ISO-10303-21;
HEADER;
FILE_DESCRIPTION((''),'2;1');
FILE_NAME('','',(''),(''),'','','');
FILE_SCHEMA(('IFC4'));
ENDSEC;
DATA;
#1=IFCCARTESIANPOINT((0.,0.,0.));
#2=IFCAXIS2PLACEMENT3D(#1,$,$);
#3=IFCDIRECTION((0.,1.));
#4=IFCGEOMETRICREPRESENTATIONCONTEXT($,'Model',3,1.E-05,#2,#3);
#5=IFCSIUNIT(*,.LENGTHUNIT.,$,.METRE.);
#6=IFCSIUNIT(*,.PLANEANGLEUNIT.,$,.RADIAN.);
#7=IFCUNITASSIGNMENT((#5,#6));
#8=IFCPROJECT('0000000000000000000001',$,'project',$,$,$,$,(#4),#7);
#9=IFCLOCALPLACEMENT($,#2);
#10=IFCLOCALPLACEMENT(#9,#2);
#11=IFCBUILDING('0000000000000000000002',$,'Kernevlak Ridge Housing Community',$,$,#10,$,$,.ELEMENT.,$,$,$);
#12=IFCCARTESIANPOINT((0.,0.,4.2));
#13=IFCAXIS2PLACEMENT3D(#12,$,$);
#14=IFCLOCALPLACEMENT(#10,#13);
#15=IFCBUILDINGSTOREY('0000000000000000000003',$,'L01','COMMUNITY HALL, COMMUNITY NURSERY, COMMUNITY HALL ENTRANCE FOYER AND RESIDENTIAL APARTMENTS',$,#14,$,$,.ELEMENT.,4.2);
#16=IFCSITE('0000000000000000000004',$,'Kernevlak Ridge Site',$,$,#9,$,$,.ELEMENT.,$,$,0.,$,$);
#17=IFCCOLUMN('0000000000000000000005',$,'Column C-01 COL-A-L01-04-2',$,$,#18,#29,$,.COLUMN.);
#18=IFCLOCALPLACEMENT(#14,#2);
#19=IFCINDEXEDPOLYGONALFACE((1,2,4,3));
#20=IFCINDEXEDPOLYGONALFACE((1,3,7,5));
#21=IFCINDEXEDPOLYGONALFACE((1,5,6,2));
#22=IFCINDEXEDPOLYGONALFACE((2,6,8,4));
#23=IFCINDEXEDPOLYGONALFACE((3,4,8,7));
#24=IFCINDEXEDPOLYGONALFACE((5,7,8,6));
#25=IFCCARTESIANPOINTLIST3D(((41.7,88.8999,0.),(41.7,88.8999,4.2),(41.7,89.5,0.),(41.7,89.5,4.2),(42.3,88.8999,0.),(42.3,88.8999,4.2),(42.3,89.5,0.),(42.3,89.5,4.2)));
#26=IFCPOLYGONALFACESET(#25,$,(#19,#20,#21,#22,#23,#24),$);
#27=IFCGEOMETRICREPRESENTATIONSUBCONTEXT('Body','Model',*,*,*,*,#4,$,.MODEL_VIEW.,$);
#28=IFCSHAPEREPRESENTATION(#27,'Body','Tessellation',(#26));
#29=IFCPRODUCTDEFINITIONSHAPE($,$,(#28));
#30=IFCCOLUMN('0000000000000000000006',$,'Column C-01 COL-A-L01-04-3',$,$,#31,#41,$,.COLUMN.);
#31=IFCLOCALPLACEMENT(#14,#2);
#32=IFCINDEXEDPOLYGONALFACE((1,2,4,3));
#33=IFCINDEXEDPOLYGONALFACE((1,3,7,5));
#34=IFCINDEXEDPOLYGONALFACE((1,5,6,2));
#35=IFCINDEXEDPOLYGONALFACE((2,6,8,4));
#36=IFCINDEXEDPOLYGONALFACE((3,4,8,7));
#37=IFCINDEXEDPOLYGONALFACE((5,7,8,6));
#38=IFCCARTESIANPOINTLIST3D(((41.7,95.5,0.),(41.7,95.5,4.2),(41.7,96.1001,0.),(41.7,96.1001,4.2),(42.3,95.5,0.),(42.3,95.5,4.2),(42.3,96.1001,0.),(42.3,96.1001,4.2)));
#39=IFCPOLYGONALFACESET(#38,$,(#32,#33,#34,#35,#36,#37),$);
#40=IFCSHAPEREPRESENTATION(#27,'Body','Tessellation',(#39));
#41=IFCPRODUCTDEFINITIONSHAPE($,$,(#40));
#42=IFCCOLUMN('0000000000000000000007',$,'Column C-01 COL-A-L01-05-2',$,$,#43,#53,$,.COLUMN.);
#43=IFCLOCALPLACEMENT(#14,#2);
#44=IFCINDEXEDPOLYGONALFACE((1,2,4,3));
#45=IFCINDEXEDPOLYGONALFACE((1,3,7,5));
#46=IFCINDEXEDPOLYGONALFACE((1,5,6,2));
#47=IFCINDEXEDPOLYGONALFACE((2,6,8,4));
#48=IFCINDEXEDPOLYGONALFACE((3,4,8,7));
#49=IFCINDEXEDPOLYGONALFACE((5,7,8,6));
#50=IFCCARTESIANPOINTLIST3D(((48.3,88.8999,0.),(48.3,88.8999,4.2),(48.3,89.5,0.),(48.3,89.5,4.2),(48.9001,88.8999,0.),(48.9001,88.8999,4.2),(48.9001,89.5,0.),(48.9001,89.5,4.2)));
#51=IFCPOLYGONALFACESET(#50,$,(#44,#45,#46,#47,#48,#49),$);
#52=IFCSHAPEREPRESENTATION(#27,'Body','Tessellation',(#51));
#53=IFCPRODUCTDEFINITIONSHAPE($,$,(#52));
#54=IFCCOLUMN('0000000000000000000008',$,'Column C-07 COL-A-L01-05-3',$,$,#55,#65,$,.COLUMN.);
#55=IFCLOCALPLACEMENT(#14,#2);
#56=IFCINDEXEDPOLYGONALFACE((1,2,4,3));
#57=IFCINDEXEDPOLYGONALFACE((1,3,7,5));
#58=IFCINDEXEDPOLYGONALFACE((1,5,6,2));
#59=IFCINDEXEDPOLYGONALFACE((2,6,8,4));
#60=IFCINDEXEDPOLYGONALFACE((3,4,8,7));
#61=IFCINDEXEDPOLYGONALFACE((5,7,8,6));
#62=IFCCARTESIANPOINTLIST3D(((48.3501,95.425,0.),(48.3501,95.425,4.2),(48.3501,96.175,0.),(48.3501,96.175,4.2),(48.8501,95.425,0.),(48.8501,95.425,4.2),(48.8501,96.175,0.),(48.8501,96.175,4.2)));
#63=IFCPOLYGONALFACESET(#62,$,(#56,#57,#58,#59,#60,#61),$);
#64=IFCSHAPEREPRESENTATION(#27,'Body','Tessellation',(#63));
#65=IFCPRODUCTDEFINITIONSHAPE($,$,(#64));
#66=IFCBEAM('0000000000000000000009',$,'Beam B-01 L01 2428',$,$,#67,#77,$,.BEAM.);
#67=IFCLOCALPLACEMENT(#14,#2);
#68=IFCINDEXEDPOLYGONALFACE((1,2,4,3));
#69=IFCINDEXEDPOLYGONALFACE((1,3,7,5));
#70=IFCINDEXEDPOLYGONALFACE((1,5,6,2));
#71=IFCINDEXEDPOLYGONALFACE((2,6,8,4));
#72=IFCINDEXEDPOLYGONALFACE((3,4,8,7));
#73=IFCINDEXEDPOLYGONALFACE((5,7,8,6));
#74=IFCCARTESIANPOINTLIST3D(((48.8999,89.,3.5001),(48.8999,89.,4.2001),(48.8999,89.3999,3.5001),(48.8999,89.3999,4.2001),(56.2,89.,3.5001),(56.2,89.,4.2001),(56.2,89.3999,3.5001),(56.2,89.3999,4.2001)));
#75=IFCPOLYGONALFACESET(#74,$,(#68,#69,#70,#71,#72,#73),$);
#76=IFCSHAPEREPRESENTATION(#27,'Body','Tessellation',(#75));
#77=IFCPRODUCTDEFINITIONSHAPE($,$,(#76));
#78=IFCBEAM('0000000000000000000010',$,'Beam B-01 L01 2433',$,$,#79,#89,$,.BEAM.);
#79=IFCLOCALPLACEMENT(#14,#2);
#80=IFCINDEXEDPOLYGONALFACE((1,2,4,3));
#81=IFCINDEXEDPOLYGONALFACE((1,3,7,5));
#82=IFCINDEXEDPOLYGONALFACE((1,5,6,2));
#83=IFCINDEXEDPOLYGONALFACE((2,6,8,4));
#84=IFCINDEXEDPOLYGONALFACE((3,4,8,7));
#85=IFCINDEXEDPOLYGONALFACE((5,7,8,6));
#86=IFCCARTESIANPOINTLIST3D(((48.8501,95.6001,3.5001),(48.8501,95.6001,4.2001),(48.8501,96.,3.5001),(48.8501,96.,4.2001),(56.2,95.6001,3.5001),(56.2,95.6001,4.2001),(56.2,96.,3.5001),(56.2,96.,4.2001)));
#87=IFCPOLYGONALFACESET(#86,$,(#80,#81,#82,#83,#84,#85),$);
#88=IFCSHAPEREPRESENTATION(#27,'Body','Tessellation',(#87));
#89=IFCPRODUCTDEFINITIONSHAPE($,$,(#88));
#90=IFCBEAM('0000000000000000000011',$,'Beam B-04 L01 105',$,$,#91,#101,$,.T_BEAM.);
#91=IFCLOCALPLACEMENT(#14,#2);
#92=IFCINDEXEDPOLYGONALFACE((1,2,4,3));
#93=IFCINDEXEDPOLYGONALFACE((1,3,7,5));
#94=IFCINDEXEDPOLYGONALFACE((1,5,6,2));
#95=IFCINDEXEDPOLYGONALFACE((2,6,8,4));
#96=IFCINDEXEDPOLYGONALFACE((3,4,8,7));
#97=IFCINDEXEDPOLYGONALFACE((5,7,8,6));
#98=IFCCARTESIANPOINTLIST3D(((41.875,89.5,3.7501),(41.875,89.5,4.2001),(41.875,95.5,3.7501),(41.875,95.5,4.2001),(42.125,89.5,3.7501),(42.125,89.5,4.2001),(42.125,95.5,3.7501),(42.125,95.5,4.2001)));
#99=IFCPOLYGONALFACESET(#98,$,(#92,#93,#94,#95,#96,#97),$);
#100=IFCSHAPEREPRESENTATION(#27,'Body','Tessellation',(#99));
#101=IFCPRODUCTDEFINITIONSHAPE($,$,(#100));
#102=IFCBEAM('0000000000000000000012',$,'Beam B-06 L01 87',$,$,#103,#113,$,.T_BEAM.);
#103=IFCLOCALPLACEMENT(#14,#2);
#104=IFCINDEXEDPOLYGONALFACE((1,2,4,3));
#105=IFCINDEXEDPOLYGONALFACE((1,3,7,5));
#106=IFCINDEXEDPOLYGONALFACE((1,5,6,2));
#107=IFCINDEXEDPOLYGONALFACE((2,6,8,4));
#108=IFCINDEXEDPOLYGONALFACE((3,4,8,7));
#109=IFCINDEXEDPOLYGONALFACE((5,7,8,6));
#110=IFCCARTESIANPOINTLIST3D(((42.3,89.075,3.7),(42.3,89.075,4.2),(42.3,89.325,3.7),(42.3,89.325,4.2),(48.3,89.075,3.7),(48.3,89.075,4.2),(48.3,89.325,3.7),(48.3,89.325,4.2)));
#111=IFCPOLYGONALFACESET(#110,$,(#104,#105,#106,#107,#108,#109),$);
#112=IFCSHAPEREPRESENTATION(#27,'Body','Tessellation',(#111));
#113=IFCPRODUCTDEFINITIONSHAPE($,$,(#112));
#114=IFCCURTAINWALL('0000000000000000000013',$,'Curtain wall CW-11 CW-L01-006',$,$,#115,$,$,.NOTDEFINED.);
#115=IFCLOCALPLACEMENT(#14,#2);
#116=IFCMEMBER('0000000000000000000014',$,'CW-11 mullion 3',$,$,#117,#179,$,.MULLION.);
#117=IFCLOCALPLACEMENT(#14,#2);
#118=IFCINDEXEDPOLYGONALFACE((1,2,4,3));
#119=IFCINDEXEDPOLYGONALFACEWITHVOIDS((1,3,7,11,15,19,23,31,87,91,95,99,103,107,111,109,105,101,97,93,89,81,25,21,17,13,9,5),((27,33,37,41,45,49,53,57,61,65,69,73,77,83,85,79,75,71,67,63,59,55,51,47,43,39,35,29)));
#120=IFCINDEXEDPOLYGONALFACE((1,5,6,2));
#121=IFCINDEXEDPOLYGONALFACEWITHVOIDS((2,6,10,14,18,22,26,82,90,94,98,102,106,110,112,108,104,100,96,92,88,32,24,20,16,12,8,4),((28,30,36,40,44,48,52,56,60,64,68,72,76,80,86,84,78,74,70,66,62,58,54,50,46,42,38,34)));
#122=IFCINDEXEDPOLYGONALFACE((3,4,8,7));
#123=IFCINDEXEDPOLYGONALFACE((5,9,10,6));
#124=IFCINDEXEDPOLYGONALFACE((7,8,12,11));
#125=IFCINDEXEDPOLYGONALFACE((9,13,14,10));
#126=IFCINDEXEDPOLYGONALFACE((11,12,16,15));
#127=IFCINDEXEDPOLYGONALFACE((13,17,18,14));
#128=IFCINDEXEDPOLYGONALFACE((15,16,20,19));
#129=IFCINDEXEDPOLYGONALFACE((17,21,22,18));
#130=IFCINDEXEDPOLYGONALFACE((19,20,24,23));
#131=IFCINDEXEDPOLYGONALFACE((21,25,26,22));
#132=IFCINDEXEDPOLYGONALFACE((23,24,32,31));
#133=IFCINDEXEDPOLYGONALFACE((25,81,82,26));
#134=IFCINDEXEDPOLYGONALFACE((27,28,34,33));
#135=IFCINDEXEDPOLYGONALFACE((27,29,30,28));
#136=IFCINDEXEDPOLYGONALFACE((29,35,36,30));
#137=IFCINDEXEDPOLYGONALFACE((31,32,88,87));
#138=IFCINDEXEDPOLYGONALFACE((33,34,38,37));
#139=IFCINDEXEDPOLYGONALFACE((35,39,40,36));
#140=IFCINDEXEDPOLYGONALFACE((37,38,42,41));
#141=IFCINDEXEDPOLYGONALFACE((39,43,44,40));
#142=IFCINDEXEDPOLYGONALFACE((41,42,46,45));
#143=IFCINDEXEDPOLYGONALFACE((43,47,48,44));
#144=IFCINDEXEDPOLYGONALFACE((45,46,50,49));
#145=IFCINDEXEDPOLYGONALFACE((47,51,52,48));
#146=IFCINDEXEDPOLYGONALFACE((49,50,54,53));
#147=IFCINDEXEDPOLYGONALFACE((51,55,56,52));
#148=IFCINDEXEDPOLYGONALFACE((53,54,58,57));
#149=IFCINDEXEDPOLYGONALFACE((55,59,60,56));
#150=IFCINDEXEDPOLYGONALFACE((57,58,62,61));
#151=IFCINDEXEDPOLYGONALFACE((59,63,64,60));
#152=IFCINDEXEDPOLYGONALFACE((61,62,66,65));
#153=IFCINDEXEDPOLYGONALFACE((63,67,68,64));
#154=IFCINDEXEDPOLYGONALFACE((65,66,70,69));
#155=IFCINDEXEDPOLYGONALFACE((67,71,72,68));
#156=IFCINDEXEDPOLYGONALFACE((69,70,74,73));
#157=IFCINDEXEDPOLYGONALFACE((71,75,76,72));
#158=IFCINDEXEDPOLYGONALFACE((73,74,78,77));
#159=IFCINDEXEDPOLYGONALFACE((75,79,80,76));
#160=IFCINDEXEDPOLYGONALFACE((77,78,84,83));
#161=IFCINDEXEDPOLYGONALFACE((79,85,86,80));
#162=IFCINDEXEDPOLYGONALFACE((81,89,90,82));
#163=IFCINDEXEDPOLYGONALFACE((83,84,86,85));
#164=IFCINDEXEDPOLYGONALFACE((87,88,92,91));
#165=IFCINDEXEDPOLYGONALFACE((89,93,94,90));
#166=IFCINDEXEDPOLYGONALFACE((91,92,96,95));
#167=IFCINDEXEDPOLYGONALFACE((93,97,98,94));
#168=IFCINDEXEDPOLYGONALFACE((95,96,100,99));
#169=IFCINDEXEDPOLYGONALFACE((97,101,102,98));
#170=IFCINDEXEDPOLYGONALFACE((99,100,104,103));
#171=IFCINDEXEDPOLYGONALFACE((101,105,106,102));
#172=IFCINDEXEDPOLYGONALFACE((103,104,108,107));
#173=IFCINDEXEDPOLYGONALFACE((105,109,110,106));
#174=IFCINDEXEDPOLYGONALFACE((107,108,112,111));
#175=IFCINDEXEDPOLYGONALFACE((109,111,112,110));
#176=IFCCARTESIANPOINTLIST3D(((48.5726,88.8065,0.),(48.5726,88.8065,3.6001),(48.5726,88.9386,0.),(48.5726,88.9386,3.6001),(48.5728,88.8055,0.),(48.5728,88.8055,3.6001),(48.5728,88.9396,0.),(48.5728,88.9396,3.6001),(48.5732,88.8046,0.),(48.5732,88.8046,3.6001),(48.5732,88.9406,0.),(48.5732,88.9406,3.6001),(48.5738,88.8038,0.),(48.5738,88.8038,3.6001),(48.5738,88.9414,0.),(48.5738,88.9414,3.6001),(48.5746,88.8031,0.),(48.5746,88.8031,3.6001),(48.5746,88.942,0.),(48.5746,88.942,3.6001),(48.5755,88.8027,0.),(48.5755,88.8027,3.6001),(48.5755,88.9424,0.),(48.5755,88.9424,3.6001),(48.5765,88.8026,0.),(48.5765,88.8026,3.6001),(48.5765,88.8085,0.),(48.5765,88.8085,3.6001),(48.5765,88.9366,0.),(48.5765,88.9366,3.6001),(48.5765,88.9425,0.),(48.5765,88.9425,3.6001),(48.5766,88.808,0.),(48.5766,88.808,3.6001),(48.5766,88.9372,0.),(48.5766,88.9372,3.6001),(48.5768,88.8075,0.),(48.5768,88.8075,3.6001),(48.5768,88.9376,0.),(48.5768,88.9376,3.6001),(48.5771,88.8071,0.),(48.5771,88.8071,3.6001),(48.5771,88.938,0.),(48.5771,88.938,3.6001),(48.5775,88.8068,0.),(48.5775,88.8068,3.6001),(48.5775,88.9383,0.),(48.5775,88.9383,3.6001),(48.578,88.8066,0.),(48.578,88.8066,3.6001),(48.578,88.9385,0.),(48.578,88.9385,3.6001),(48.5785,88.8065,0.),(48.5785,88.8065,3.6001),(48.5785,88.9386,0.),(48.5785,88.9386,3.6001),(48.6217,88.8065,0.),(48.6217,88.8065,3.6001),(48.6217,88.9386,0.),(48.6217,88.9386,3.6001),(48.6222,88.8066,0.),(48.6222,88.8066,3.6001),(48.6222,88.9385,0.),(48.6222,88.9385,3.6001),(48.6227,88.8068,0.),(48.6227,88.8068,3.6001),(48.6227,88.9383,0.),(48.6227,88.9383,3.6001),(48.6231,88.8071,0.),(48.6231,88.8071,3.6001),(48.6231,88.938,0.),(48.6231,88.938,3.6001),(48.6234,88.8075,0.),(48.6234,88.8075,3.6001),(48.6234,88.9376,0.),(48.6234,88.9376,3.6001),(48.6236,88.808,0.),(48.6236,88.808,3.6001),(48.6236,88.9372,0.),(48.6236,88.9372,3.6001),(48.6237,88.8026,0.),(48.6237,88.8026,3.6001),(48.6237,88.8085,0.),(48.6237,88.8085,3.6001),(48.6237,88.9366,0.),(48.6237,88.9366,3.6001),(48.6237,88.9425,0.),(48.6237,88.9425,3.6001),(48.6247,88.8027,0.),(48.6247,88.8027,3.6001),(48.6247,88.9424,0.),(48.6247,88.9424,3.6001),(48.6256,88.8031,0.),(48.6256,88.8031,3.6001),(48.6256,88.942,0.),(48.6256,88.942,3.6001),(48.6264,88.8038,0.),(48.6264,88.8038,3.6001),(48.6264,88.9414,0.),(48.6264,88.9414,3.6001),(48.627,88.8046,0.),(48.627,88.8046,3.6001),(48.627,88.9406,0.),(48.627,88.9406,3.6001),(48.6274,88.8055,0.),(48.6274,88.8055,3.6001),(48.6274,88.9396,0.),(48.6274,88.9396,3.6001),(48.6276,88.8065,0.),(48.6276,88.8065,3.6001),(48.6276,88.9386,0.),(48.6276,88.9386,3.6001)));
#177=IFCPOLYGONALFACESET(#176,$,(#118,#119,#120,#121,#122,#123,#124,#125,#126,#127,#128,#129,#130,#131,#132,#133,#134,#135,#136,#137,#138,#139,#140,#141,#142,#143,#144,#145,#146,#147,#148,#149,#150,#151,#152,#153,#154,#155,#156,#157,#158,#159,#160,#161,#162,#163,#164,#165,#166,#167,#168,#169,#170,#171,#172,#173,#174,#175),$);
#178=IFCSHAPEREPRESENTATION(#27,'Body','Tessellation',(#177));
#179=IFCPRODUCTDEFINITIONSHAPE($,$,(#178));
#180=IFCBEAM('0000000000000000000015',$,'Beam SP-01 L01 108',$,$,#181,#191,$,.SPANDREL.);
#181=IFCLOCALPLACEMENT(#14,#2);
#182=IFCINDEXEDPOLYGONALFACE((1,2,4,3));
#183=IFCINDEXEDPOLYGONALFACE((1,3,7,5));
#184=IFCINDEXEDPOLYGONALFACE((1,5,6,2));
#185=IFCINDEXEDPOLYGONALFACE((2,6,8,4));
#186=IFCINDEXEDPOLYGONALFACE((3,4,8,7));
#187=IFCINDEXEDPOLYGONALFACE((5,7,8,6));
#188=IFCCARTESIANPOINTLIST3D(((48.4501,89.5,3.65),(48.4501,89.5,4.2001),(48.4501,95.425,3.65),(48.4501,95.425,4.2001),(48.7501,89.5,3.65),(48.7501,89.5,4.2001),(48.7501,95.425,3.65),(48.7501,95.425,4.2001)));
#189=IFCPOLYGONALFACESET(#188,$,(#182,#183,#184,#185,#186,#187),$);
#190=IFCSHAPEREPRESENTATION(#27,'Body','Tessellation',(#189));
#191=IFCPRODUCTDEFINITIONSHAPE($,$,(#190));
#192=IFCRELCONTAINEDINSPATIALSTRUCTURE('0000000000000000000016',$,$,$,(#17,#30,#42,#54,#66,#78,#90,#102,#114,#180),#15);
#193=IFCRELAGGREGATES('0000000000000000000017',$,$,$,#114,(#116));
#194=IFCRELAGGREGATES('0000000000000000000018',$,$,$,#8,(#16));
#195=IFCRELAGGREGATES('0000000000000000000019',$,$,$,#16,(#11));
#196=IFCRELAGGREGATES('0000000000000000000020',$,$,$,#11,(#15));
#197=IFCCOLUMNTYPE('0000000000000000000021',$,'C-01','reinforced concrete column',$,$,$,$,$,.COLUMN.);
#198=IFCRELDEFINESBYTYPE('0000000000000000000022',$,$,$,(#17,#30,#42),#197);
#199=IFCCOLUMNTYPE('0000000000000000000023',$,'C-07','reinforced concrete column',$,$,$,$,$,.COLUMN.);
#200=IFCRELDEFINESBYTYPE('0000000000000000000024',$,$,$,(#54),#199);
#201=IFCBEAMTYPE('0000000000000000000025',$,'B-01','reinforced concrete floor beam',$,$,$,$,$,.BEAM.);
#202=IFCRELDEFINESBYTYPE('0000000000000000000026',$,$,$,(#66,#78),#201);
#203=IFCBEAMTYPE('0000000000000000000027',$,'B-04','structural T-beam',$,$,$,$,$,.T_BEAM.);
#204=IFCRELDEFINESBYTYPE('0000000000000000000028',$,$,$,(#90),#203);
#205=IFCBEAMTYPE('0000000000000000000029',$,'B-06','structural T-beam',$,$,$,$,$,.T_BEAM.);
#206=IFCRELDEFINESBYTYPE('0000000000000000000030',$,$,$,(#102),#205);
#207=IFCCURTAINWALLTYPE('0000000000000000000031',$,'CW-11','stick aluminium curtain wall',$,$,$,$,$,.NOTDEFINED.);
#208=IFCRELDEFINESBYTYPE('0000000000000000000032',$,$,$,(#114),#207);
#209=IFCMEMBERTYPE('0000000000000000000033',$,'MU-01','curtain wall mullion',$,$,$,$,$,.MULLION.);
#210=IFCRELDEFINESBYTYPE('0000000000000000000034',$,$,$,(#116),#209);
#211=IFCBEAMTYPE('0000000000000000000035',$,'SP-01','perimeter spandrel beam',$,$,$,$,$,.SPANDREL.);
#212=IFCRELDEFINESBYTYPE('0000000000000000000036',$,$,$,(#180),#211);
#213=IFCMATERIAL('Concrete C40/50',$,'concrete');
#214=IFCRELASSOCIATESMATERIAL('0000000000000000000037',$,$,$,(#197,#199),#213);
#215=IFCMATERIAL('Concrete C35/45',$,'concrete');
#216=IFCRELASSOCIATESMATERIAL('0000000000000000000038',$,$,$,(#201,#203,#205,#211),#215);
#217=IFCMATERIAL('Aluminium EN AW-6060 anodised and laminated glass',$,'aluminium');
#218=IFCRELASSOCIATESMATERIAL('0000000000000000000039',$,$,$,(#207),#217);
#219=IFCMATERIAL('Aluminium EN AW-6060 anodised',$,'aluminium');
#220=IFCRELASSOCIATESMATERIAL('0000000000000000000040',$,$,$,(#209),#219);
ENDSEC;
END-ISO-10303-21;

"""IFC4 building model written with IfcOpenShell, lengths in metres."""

from ifc_helpers import new_model, si_unit, direction, frame, origin, origin_2d, place, context, subcontext, project, spatial, rectangle, hollow_rectangle, extrude, material, material_profile, profile_set, type_object, element, aggregate, save


model = new_model("IFC4")

# Units and contexts
model_context = context("Model", 3, precision=1e-05, world=origin(), true_north=direction((0.0, 1.0)))
body_context = subcontext(model_context, "Body", "Model", "MODEL_VIEW")
ifc_project = project(units=[si_unit("LENGTHUNIT", "METRE"), si_unit("PLANEANGLEUNIT", "RADIAN")], contexts=[model_context])

# Site, building, storey
site_placement = place(None, origin())
site = spatial("IfcSite", under=ifc_project, at=site_placement, Name="Kernevlak Ridge Site", CompositionType="ELEMENT", RefElevation=0.0)
building_placement = place(site_placement, origin())
building = spatial("IfcBuilding", under=site, at=building_placement, Name="Kernevlak Ridge Housing Community", CompositionType="ELEMENT")
storey_placement = place(building_placement, frame((0.0, 0.0, 4.2)))
storey = spatial("IfcBuildingStorey", under=building, at=storey_placement, Name="L01", Description="COMMUNITY HALL, COMMUNITY NURSERY, COMMUNITY HALL ENTRANCE FOYER AND RESIDENTIAL APARTMENTS", CompositionType="ELEMENT", Elevation=4.2)

# Columns
ifc_material_1 = material(Name="Concrete C40/50", Category="concrete")
ifc_material_profile_1 = material_profile(ifc_material_1, rectangle(XDim=0.6001, YDim=0.6001, at=origin_2d()), Name="RC 600x600")
ifc_profile_set_1 = profile_set([ifc_material_profile_1], Name="Concrete C40/50")
column_type_1 = type_object("IfcColumnType", Name="C-01", Description="reinforced concrete column", PredefinedType="COLUMN", material=ifc_profile_set_1)
for number, where, z_axis, x_axis, name in (
    (1, (42.0, 89.2, 0.0), (0.0, 0.0, 1.0), (1.0, 0.0, 0.0), "Column C-01 COL-A-L01-04-2"),
    (2, (42.0, 95.8, 0.0), (0.0, 0.0, 1.0), (1.0, 0.0, 0.0), "Column C-01 COL-A-L01-04-3"),
    (3, (48.6001, 89.2, 0.0), (0.0, 0.0, 1.0), (1.0, 0.0, 0.0), "Column C-01 COL-A-L01-05-2"),
):
    element("IfcColumn", number, at=place(storey_placement, frame(where, z_axis=z_axis, x_axis=x_axis)), inside=storey, type_object=column_type_1, Name=name, PredefinedType="COLUMN", context=body_context, shape_type="SweptSolid", body=[
        extrude(rectangle(XDim=0.6001, YDim=0.6001, at=origin_2d()), origin(), (0.0, 0.0, 1.0), 4.2),
    ])
ifc_material_profile_2 = material_profile(ifc_material_1, rectangle(XDim=0.5, YDim=0.75, at=origin_2d()), Name="RC 500x750")
ifc_profile_set_2 = profile_set([ifc_material_profile_2], Name="Concrete C40/50")
column_type_2 = type_object("IfcColumnType", Name="C-07", Description="reinforced concrete column", PredefinedType="COLUMN", material=ifc_profile_set_2)
column_placement = place(storey_placement, frame((48.6001, 95.8, 0.0), z_axis=(0.0, 0.0, 1.0), x_axis=(1.0, 0.0, 0.0)))
element("IfcColumn", 4, at=column_placement, inside=storey, type_object=column_type_2, Name="Column C-07 COL-A-L01-05-3", PredefinedType="COLUMN", context=body_context, shape_type="SweptSolid", body=[
    extrude(rectangle(XDim=0.5, YDim=0.75, at=origin_2d()), origin(), (0.0, 0.0, 1.0), 4.2),
])

# Beams
ifc_material_2 = material(Name="Concrete C35/45", Category="concrete")
ifc_material_profile_3 = material_profile(ifc_material_2, rectangle(XDim=0.3999, YDim=0.7, at=origin_2d()), Name="RC 400x700")
ifc_profile_set_3 = profile_set([ifc_material_profile_3], Name="Concrete C35/45")
beam_type_1 = type_object("IfcBeamType", Name="B-01", Description="reinforced concrete floor beam", PredefinedType="BEAM", material=ifc_profile_set_3)
beam_1_placement = place(storey_placement, frame((48.8999, 89.2, 3.8501), z_axis=(1.0, 0.0, 0.0), x_axis=(0.0, 1.0, 0.0)))
element("IfcBeam", 5, at=beam_1_placement, inside=storey, type_object=beam_type_1, Name="Beam B-01 L01 2428", PredefinedType="BEAM", context=body_context, shape_type="SweptSolid", body=[
    extrude(rectangle(XDim=0.3999, YDim=0.7, at=origin_2d()), origin(), (0.0, 0.0, 1.0), 7.3),
])
beam_2_placement = place(storey_placement, frame((48.8501, 95.8, 3.8501), z_axis=(1.0, 0.0, 0.0), x_axis=(0.0, 1.0, 0.0)))
element("IfcBeam", 6, at=beam_2_placement, inside=storey, type_object=beam_type_1, Name="Beam B-01 L01 2433", PredefinedType="BEAM", context=body_context, shape_type="SweptSolid", body=[
    extrude(rectangle(XDim=0.3999, YDim=0.7, at=origin_2d()), origin(), (0.0, 0.0, 1.0), 7.3499),
])
ifc_material_profile_4 = material_profile(ifc_material_2, rectangle(XDim=0.25, YDim=0.45, at=origin_2d()), Name="RC 250x450")
ifc_profile_set_4 = profile_set([ifc_material_profile_4], Name="Concrete C35/45")
beam_type_2 = type_object("IfcBeamType", Name="B-04", Description="structural T-beam", PredefinedType="T_BEAM", material=ifc_profile_set_4)
beam_3_placement = place(storey_placement, frame((42.0, 89.5, 3.9751), z_axis=(0.0, 1.0, 0.0), x_axis=(-1.0, 0.0, 0.0)))
element("IfcBeam", 7, at=beam_3_placement, inside=storey, type_object=beam_type_2, Name="Beam B-04 L01 105", PredefinedType="T_BEAM", context=body_context, shape_type="SweptSolid", body=[
    extrude(rectangle(XDim=0.25, YDim=0.45, at=origin_2d()), origin(), (0.0, 0.0, 1.0), 6.0),
])
ifc_material_profile_5 = material_profile(ifc_material_2, rectangle(XDim=0.25, YDim=0.5, at=origin_2d()), Name="RC 250x500")
ifc_profile_set_5 = profile_set([ifc_material_profile_5], Name="Concrete C35/45")
beam_type_3 = type_object("IfcBeamType", Name="B-06", Description="structural T-beam", PredefinedType="T_BEAM", material=ifc_profile_set_5)
beam_4_placement = place(storey_placement, frame((42.3, 89.2, 3.95), z_axis=(1.0, 0.0, 0.0), x_axis=(0.0, 1.0, 0.0)))
element("IfcBeam", 8, at=beam_4_placement, inside=storey, type_object=beam_type_3, Name="Beam B-06 L01 87", PredefinedType="T_BEAM", context=body_context, shape_type="SweptSolid", body=[
    extrude(rectangle(XDim=0.25, YDim=0.5, at=origin_2d()), origin(), (0.0, 0.0, 1.0), 6.0),
])

# Curtain wall, member
ifc_material_3 = material(Name="Aluminium EN AW-6060 anodised and laminated glass", Category="aluminium")
curtain_wall_type = type_object("IfcCurtainWallType", Name="CW-11", Description="stick aluminium curtain wall", PredefinedType="NOTDEFINED", material=ifc_material_3)
curtain_wall_placement = place(storey_placement, origin())
curtain_wall = element("IfcCurtainWall", 9, at=curtain_wall_placement, inside=storey, type_object=curtain_wall_type, Name="Curtain wall CW-11 CW-L01-006", PredefinedType="NOTDEFINED")
ifc_material_4 = material(Name="Aluminium EN AW-6060 anodised", Category="aluminium")
ifc_material_profile_6 = material_profile(ifc_material_4, hollow_rectangle(XDim=0.0549, YDim=0.1399, WallThickness=0.0039, InnerFilletRadius=0.002, OuterFilletRadius=0.0039, at=origin_2d()), Name="ALU 55x140x4")
ifc_profile_set_6 = profile_set([ifc_material_profile_6], Name="Aluminium EN AW-6060 anodised")
member_type = type_object("IfcMemberType", Name="MU-01", Description="curtain wall mullion", PredefinedType="MULLION", material=ifc_profile_set_6)
member_placement = place(storey_placement, frame((48.6001, 88.8726, 0.0), z_axis=(0.0, 0.0, 1.0), x_axis=(-1.0, 0.0, 0.0)))
member = element("IfcMember", 10, at=member_placement, type_object=member_type, Name="CW-11 mullion 3", PredefinedType="MULLION", context=body_context, shape_type="SweptSolid", body=[
    extrude(hollow_rectangle(XDim=0.0549, YDim=0.1399, WallThickness=0.0039, InnerFilletRadius=0.002, OuterFilletRadius=0.0039, at=origin_2d()), origin(), (0.0, 0.0, 1.0), 3.6001),
])
aggregate(curtain_wall, [member])

# Beam
ifc_material_profile_7 = material_profile(ifc_material_2, rectangle(XDim=0.3, YDim=0.55, at=origin_2d()), Name="RC 300x550")
ifc_profile_set_7 = profile_set([ifc_material_profile_7], Name="Concrete C35/45")
beam_type_4 = type_object("IfcBeamType", Name="SP-01", Description="perimeter spandrel beam", PredefinedType="SPANDREL", material=ifc_profile_set_7)
beam_5_placement = place(storey_placement, frame((48.6001, 89.5, 3.925), z_axis=(0.0, 1.0, 0.0), x_axis=(-1.0, 0.0, 0.0)))
element("IfcBeam", 11, at=beam_5_placement, inside=storey, type_object=beam_type_4, Name="Beam SP-01 L01 108", PredefinedType="SPANDREL", context=body_context, shape_type="SweptSolid", body=[
    extrude(rectangle(XDim=0.3, YDim=0.55, at=origin_2d()), origin(), (0.0, 0.0, 1.0), 5.925),
])

save(model, "model.ifc")
